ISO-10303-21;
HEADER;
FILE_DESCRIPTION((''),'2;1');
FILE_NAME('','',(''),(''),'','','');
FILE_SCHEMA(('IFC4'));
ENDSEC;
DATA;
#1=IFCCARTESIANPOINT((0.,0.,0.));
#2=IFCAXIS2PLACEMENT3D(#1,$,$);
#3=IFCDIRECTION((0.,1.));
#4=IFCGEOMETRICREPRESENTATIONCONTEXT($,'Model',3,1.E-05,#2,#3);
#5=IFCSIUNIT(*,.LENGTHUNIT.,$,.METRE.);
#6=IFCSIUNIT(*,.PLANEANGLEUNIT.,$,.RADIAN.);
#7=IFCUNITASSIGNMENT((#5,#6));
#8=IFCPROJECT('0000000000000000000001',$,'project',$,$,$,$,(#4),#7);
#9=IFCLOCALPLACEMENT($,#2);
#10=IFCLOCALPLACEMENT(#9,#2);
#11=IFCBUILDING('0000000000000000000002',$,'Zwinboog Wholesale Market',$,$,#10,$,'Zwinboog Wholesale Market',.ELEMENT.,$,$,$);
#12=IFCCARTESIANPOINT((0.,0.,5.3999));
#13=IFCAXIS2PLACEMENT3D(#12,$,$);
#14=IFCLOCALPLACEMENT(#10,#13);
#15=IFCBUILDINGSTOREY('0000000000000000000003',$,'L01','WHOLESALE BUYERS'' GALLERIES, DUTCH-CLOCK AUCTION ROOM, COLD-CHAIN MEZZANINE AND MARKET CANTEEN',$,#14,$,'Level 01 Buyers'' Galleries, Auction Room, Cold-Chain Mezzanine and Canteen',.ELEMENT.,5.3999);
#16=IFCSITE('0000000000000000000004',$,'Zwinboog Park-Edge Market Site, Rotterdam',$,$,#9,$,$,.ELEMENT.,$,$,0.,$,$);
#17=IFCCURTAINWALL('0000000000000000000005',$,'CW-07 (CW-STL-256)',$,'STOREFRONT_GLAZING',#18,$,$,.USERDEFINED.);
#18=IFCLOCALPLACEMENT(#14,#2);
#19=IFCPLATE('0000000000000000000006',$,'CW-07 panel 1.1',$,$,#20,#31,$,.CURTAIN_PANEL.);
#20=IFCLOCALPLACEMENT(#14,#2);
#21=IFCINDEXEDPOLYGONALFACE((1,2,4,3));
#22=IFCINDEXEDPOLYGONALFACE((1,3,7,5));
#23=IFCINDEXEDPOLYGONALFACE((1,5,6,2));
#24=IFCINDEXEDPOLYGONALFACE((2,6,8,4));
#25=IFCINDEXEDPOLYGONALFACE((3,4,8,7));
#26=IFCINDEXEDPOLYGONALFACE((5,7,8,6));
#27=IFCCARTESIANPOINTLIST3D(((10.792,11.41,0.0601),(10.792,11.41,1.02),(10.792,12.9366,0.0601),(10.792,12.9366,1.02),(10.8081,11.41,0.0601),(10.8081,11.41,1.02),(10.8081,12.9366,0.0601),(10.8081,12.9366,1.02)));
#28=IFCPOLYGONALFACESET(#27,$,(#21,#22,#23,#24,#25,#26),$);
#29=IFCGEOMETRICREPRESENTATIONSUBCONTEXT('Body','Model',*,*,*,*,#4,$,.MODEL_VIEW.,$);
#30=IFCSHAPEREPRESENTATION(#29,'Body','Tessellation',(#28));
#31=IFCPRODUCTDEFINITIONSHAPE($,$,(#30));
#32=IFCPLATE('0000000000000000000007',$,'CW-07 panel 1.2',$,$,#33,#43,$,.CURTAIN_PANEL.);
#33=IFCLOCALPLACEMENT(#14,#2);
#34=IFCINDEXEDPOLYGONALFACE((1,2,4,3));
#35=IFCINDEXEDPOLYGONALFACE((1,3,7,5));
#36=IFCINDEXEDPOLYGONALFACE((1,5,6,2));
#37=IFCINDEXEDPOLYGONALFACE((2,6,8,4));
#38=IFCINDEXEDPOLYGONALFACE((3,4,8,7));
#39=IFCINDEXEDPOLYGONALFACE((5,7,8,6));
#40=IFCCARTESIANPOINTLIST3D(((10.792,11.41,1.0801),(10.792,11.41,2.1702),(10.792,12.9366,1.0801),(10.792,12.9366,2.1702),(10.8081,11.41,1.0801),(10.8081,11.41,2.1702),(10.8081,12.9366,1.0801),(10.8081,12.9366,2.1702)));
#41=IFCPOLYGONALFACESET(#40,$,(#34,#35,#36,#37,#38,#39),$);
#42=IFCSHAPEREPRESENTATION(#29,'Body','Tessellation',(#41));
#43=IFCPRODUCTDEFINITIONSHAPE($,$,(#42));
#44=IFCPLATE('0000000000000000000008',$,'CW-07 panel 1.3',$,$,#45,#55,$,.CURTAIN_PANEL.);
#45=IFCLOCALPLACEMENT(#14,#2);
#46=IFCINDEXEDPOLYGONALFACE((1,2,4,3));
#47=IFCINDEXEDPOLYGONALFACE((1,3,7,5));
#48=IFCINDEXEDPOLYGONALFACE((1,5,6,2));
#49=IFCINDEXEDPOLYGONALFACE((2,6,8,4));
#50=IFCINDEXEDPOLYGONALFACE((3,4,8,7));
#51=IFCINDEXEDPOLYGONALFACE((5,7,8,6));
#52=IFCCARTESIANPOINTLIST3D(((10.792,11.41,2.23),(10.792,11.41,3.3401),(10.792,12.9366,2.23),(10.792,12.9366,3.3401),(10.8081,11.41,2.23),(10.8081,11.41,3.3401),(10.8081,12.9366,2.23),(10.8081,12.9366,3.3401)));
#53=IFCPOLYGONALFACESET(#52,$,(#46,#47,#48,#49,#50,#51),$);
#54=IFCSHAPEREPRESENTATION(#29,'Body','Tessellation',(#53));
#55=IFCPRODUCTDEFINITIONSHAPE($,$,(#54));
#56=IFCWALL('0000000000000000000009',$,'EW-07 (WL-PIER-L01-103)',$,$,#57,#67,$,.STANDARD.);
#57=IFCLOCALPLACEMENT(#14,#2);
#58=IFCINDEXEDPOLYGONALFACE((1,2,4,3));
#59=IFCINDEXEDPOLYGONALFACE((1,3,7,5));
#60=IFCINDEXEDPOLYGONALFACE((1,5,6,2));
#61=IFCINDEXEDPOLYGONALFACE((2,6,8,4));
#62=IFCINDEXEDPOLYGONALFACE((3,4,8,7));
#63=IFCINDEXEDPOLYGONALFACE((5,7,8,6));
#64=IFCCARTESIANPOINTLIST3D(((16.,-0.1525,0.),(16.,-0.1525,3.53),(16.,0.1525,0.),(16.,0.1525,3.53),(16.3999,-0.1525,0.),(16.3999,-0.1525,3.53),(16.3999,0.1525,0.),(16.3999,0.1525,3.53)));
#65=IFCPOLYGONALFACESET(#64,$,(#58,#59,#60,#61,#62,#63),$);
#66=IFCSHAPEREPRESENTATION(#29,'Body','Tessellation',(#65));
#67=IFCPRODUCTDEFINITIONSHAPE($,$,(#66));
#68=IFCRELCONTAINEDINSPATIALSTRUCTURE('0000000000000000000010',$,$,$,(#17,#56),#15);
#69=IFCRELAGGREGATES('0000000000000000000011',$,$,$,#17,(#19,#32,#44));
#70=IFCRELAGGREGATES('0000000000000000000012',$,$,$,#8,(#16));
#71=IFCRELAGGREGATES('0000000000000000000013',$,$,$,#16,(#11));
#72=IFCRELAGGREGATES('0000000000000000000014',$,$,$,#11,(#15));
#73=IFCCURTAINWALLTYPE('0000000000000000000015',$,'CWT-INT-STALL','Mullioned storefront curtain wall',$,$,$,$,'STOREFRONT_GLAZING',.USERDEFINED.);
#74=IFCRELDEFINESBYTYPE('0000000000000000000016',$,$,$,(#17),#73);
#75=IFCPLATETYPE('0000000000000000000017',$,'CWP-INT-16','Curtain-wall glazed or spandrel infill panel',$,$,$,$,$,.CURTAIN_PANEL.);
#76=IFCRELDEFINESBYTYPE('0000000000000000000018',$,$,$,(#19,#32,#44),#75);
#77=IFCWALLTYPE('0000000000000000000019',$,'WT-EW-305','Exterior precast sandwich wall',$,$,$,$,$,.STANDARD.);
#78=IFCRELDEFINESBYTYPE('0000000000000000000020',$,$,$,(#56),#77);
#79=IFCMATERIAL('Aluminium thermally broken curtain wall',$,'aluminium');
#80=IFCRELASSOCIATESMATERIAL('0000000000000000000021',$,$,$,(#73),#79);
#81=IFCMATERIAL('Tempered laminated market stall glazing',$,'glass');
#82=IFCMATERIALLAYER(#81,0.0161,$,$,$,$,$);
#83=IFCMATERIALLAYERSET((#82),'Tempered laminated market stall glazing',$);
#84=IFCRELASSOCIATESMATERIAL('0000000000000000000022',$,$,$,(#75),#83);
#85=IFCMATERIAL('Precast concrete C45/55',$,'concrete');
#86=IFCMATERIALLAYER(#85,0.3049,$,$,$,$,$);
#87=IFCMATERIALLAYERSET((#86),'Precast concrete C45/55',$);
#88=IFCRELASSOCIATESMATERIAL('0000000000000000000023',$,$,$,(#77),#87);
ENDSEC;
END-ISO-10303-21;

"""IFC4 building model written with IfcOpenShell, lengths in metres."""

from ifc_helpers import new_model, si_unit, direction, frame, frame_2d, origin, origin_2d, place, context, subcontext, project, spatial, rectangle, extrude, material, layer, layer_set, type_object, element, aggregate, save


model = new_model("IFC4")

# Units and contexts
model_context = context("Model", 3, precision=1e-05, world=origin(), true_north=direction((0.0, 1.0)))
body_context = subcontext(model_context, "Body", "Model", "MODEL_VIEW")
ifc_project = project(units=[si_unit("LENGTHUNIT", "METRE"), si_unit("PLANEANGLEUNIT", "RADIAN")], contexts=[model_context])

# Site, building, storey
site_placement = place(None, origin())
site = spatial("IfcSite", under=ifc_project, at=site_placement, Name="Zwinboog Park-Edge Market Site, Rotterdam", CompositionType="ELEMENT", RefElevation=0.0)
building_placement = place(site_placement, origin())
building = spatial("IfcBuilding", under=site, at=building_placement, Name="Zwinboog Wholesale Market", LongName="Zwinboog Wholesale Market", CompositionType="ELEMENT")
storey_placement = place(building_placement, frame((0.0, 0.0, 5.3999)))
storey = spatial("IfcBuildingStorey", under=building, at=storey_placement, Name="L01", Description="WHOLESALE BUYERS' GALLERIES, DUTCH-CLOCK AUCTION ROOM, COLD-CHAIN MEZZANINE AND MARKET CANTEEN", LongName="Level 01 Buyers' Galleries, Auction Room, Cold-Chain Mezzanine and Canteen", CompositionType="ELEMENT", Elevation=5.3999)

# Shared definitions
ifc_material_1 = material(Name="Precast concrete C45/55", Category="concrete")

# Shared definitions
ifc_material_2 = material(Name="Aluminium thermally broken curtain wall", Category="aluminium")

# Shared definitions
curtain_wall_type_1 = type_object("IfcCurtainWallType", Name="CWT-INT-STALL", Description="Mullioned storefront curtain wall", ElementType="STOREFRONT_GLAZING", PredefinedType="USERDEFINED", material=ifc_material_2)

# Curtain wall
curtain_wall_1_placement = place(storey_placement, origin())
curtain_wall_1 = element("IfcCurtainWall", 1, at=curtain_wall_1_placement, inside=storey, type_object=curtain_wall_type_1, Name="CW-07 (CW-STL-256)", ObjectType="STOREFRONT_GLAZING", PredefinedType="USERDEFINED")

# Plates
ifc_material_3 = material(Name="Tempered laminated market stall glazing", Category="glass")
ifc_layer_1 = layer(ifc_material_3, 0.0161)
ifc_layer_set_1 = layer_set([ifc_layer_1], Name="Tempered laminated market stall glazing")
plate_type_1 = type_object("IfcPlateType", Name="CWP-INT-16", Description="Curtain-wall glazed or spandrel infill panel", PredefinedType="CURTAIN_PANEL", material=ifc_layer_set_1)
plate_1_placement = place(storey_placement, frame((10.8, 12.1733, 0.0601), z_axis=(0.0, 0.0, 1.0), x_axis=(0.0, 1.0, 0.0)))
plate_1 = element("IfcPlate", 2, at=plate_1_placement, type_object=plate_type_1, Name="CW-07 panel 1.1", PredefinedType="CURTAIN_PANEL", context=body_context, shape_type="SweptSolid", body=[
    extrude(rectangle(XDim=1.5266, YDim=0.0161, at=origin_2d()), origin(), (0.0, 0.0, 1.0), 0.96),
])
plate_2_placement = place(storey_placement, frame((10.8, 12.1733, 1.0801), z_axis=(0.0, 0.0, 1.0), x_axis=(0.0, 1.0, 0.0)))
plate_2 = element("IfcPlate", 3, at=plate_2_placement, type_object=plate_type_1, Name="CW-07 panel 1.2", PredefinedType="CURTAIN_PANEL", context=body_context, shape_type="SweptSolid", body=[
    extrude(rectangle(XDim=1.5266, YDim=0.0161, at=origin_2d()), origin(), (0.0, 0.0, 1.0), 1.0901),
])
plate_3_placement = place(storey_placement, frame((10.8, 12.1733, 2.23), z_axis=(0.0, 0.0, 1.0), x_axis=(0.0, 1.0, 0.0)))
plate_3 = element("IfcPlate", 4, at=plate_3_placement, type_object=plate_type_1, Name="CW-07 panel 1.3", PredefinedType="CURTAIN_PANEL", context=body_context, shape_type="SweptSolid", body=[
    extrude(rectangle(XDim=1.5266, YDim=0.0161, at=origin_2d()), origin(), (0.0, 0.0, 1.0), 1.1101),
])
aggregate(curtain_wall_1, [plate_1, plate_2, plate_3])

# Wall
ifc_layer_2 = layer(ifc_material_1, 0.3049)
ifc_layer_set_2 = layer_set([ifc_layer_2], Name="Precast concrete C45/55")
wall_type = type_object("IfcWallType", Name="WT-EW-305", Description="Exterior precast sandwich wall", PredefinedType="STANDARD", material=ifc_layer_set_2)
wall_placement = place(storey_placement, frame((16.0, 0.0, 0.0), z_axis=(0.0, 0.0, 1.0), x_axis=(1.0, 0.0, 0.0)))
element("IfcWall", 5, at=wall_placement, inside=storey, type_object=wall_type, Name="EW-07 (WL-PIER-L01-103)", PredefinedType="STANDARD", context=body_context, shape_type="SweptSolid", body=[
    extrude(rectangle(XDim=0.3999, YDim=0.3049, at=frame_2d((0.2, 0.0))), origin(), (0.0, 0.0, 1.0), 3.53),
])

save(model, "model.ifc")
